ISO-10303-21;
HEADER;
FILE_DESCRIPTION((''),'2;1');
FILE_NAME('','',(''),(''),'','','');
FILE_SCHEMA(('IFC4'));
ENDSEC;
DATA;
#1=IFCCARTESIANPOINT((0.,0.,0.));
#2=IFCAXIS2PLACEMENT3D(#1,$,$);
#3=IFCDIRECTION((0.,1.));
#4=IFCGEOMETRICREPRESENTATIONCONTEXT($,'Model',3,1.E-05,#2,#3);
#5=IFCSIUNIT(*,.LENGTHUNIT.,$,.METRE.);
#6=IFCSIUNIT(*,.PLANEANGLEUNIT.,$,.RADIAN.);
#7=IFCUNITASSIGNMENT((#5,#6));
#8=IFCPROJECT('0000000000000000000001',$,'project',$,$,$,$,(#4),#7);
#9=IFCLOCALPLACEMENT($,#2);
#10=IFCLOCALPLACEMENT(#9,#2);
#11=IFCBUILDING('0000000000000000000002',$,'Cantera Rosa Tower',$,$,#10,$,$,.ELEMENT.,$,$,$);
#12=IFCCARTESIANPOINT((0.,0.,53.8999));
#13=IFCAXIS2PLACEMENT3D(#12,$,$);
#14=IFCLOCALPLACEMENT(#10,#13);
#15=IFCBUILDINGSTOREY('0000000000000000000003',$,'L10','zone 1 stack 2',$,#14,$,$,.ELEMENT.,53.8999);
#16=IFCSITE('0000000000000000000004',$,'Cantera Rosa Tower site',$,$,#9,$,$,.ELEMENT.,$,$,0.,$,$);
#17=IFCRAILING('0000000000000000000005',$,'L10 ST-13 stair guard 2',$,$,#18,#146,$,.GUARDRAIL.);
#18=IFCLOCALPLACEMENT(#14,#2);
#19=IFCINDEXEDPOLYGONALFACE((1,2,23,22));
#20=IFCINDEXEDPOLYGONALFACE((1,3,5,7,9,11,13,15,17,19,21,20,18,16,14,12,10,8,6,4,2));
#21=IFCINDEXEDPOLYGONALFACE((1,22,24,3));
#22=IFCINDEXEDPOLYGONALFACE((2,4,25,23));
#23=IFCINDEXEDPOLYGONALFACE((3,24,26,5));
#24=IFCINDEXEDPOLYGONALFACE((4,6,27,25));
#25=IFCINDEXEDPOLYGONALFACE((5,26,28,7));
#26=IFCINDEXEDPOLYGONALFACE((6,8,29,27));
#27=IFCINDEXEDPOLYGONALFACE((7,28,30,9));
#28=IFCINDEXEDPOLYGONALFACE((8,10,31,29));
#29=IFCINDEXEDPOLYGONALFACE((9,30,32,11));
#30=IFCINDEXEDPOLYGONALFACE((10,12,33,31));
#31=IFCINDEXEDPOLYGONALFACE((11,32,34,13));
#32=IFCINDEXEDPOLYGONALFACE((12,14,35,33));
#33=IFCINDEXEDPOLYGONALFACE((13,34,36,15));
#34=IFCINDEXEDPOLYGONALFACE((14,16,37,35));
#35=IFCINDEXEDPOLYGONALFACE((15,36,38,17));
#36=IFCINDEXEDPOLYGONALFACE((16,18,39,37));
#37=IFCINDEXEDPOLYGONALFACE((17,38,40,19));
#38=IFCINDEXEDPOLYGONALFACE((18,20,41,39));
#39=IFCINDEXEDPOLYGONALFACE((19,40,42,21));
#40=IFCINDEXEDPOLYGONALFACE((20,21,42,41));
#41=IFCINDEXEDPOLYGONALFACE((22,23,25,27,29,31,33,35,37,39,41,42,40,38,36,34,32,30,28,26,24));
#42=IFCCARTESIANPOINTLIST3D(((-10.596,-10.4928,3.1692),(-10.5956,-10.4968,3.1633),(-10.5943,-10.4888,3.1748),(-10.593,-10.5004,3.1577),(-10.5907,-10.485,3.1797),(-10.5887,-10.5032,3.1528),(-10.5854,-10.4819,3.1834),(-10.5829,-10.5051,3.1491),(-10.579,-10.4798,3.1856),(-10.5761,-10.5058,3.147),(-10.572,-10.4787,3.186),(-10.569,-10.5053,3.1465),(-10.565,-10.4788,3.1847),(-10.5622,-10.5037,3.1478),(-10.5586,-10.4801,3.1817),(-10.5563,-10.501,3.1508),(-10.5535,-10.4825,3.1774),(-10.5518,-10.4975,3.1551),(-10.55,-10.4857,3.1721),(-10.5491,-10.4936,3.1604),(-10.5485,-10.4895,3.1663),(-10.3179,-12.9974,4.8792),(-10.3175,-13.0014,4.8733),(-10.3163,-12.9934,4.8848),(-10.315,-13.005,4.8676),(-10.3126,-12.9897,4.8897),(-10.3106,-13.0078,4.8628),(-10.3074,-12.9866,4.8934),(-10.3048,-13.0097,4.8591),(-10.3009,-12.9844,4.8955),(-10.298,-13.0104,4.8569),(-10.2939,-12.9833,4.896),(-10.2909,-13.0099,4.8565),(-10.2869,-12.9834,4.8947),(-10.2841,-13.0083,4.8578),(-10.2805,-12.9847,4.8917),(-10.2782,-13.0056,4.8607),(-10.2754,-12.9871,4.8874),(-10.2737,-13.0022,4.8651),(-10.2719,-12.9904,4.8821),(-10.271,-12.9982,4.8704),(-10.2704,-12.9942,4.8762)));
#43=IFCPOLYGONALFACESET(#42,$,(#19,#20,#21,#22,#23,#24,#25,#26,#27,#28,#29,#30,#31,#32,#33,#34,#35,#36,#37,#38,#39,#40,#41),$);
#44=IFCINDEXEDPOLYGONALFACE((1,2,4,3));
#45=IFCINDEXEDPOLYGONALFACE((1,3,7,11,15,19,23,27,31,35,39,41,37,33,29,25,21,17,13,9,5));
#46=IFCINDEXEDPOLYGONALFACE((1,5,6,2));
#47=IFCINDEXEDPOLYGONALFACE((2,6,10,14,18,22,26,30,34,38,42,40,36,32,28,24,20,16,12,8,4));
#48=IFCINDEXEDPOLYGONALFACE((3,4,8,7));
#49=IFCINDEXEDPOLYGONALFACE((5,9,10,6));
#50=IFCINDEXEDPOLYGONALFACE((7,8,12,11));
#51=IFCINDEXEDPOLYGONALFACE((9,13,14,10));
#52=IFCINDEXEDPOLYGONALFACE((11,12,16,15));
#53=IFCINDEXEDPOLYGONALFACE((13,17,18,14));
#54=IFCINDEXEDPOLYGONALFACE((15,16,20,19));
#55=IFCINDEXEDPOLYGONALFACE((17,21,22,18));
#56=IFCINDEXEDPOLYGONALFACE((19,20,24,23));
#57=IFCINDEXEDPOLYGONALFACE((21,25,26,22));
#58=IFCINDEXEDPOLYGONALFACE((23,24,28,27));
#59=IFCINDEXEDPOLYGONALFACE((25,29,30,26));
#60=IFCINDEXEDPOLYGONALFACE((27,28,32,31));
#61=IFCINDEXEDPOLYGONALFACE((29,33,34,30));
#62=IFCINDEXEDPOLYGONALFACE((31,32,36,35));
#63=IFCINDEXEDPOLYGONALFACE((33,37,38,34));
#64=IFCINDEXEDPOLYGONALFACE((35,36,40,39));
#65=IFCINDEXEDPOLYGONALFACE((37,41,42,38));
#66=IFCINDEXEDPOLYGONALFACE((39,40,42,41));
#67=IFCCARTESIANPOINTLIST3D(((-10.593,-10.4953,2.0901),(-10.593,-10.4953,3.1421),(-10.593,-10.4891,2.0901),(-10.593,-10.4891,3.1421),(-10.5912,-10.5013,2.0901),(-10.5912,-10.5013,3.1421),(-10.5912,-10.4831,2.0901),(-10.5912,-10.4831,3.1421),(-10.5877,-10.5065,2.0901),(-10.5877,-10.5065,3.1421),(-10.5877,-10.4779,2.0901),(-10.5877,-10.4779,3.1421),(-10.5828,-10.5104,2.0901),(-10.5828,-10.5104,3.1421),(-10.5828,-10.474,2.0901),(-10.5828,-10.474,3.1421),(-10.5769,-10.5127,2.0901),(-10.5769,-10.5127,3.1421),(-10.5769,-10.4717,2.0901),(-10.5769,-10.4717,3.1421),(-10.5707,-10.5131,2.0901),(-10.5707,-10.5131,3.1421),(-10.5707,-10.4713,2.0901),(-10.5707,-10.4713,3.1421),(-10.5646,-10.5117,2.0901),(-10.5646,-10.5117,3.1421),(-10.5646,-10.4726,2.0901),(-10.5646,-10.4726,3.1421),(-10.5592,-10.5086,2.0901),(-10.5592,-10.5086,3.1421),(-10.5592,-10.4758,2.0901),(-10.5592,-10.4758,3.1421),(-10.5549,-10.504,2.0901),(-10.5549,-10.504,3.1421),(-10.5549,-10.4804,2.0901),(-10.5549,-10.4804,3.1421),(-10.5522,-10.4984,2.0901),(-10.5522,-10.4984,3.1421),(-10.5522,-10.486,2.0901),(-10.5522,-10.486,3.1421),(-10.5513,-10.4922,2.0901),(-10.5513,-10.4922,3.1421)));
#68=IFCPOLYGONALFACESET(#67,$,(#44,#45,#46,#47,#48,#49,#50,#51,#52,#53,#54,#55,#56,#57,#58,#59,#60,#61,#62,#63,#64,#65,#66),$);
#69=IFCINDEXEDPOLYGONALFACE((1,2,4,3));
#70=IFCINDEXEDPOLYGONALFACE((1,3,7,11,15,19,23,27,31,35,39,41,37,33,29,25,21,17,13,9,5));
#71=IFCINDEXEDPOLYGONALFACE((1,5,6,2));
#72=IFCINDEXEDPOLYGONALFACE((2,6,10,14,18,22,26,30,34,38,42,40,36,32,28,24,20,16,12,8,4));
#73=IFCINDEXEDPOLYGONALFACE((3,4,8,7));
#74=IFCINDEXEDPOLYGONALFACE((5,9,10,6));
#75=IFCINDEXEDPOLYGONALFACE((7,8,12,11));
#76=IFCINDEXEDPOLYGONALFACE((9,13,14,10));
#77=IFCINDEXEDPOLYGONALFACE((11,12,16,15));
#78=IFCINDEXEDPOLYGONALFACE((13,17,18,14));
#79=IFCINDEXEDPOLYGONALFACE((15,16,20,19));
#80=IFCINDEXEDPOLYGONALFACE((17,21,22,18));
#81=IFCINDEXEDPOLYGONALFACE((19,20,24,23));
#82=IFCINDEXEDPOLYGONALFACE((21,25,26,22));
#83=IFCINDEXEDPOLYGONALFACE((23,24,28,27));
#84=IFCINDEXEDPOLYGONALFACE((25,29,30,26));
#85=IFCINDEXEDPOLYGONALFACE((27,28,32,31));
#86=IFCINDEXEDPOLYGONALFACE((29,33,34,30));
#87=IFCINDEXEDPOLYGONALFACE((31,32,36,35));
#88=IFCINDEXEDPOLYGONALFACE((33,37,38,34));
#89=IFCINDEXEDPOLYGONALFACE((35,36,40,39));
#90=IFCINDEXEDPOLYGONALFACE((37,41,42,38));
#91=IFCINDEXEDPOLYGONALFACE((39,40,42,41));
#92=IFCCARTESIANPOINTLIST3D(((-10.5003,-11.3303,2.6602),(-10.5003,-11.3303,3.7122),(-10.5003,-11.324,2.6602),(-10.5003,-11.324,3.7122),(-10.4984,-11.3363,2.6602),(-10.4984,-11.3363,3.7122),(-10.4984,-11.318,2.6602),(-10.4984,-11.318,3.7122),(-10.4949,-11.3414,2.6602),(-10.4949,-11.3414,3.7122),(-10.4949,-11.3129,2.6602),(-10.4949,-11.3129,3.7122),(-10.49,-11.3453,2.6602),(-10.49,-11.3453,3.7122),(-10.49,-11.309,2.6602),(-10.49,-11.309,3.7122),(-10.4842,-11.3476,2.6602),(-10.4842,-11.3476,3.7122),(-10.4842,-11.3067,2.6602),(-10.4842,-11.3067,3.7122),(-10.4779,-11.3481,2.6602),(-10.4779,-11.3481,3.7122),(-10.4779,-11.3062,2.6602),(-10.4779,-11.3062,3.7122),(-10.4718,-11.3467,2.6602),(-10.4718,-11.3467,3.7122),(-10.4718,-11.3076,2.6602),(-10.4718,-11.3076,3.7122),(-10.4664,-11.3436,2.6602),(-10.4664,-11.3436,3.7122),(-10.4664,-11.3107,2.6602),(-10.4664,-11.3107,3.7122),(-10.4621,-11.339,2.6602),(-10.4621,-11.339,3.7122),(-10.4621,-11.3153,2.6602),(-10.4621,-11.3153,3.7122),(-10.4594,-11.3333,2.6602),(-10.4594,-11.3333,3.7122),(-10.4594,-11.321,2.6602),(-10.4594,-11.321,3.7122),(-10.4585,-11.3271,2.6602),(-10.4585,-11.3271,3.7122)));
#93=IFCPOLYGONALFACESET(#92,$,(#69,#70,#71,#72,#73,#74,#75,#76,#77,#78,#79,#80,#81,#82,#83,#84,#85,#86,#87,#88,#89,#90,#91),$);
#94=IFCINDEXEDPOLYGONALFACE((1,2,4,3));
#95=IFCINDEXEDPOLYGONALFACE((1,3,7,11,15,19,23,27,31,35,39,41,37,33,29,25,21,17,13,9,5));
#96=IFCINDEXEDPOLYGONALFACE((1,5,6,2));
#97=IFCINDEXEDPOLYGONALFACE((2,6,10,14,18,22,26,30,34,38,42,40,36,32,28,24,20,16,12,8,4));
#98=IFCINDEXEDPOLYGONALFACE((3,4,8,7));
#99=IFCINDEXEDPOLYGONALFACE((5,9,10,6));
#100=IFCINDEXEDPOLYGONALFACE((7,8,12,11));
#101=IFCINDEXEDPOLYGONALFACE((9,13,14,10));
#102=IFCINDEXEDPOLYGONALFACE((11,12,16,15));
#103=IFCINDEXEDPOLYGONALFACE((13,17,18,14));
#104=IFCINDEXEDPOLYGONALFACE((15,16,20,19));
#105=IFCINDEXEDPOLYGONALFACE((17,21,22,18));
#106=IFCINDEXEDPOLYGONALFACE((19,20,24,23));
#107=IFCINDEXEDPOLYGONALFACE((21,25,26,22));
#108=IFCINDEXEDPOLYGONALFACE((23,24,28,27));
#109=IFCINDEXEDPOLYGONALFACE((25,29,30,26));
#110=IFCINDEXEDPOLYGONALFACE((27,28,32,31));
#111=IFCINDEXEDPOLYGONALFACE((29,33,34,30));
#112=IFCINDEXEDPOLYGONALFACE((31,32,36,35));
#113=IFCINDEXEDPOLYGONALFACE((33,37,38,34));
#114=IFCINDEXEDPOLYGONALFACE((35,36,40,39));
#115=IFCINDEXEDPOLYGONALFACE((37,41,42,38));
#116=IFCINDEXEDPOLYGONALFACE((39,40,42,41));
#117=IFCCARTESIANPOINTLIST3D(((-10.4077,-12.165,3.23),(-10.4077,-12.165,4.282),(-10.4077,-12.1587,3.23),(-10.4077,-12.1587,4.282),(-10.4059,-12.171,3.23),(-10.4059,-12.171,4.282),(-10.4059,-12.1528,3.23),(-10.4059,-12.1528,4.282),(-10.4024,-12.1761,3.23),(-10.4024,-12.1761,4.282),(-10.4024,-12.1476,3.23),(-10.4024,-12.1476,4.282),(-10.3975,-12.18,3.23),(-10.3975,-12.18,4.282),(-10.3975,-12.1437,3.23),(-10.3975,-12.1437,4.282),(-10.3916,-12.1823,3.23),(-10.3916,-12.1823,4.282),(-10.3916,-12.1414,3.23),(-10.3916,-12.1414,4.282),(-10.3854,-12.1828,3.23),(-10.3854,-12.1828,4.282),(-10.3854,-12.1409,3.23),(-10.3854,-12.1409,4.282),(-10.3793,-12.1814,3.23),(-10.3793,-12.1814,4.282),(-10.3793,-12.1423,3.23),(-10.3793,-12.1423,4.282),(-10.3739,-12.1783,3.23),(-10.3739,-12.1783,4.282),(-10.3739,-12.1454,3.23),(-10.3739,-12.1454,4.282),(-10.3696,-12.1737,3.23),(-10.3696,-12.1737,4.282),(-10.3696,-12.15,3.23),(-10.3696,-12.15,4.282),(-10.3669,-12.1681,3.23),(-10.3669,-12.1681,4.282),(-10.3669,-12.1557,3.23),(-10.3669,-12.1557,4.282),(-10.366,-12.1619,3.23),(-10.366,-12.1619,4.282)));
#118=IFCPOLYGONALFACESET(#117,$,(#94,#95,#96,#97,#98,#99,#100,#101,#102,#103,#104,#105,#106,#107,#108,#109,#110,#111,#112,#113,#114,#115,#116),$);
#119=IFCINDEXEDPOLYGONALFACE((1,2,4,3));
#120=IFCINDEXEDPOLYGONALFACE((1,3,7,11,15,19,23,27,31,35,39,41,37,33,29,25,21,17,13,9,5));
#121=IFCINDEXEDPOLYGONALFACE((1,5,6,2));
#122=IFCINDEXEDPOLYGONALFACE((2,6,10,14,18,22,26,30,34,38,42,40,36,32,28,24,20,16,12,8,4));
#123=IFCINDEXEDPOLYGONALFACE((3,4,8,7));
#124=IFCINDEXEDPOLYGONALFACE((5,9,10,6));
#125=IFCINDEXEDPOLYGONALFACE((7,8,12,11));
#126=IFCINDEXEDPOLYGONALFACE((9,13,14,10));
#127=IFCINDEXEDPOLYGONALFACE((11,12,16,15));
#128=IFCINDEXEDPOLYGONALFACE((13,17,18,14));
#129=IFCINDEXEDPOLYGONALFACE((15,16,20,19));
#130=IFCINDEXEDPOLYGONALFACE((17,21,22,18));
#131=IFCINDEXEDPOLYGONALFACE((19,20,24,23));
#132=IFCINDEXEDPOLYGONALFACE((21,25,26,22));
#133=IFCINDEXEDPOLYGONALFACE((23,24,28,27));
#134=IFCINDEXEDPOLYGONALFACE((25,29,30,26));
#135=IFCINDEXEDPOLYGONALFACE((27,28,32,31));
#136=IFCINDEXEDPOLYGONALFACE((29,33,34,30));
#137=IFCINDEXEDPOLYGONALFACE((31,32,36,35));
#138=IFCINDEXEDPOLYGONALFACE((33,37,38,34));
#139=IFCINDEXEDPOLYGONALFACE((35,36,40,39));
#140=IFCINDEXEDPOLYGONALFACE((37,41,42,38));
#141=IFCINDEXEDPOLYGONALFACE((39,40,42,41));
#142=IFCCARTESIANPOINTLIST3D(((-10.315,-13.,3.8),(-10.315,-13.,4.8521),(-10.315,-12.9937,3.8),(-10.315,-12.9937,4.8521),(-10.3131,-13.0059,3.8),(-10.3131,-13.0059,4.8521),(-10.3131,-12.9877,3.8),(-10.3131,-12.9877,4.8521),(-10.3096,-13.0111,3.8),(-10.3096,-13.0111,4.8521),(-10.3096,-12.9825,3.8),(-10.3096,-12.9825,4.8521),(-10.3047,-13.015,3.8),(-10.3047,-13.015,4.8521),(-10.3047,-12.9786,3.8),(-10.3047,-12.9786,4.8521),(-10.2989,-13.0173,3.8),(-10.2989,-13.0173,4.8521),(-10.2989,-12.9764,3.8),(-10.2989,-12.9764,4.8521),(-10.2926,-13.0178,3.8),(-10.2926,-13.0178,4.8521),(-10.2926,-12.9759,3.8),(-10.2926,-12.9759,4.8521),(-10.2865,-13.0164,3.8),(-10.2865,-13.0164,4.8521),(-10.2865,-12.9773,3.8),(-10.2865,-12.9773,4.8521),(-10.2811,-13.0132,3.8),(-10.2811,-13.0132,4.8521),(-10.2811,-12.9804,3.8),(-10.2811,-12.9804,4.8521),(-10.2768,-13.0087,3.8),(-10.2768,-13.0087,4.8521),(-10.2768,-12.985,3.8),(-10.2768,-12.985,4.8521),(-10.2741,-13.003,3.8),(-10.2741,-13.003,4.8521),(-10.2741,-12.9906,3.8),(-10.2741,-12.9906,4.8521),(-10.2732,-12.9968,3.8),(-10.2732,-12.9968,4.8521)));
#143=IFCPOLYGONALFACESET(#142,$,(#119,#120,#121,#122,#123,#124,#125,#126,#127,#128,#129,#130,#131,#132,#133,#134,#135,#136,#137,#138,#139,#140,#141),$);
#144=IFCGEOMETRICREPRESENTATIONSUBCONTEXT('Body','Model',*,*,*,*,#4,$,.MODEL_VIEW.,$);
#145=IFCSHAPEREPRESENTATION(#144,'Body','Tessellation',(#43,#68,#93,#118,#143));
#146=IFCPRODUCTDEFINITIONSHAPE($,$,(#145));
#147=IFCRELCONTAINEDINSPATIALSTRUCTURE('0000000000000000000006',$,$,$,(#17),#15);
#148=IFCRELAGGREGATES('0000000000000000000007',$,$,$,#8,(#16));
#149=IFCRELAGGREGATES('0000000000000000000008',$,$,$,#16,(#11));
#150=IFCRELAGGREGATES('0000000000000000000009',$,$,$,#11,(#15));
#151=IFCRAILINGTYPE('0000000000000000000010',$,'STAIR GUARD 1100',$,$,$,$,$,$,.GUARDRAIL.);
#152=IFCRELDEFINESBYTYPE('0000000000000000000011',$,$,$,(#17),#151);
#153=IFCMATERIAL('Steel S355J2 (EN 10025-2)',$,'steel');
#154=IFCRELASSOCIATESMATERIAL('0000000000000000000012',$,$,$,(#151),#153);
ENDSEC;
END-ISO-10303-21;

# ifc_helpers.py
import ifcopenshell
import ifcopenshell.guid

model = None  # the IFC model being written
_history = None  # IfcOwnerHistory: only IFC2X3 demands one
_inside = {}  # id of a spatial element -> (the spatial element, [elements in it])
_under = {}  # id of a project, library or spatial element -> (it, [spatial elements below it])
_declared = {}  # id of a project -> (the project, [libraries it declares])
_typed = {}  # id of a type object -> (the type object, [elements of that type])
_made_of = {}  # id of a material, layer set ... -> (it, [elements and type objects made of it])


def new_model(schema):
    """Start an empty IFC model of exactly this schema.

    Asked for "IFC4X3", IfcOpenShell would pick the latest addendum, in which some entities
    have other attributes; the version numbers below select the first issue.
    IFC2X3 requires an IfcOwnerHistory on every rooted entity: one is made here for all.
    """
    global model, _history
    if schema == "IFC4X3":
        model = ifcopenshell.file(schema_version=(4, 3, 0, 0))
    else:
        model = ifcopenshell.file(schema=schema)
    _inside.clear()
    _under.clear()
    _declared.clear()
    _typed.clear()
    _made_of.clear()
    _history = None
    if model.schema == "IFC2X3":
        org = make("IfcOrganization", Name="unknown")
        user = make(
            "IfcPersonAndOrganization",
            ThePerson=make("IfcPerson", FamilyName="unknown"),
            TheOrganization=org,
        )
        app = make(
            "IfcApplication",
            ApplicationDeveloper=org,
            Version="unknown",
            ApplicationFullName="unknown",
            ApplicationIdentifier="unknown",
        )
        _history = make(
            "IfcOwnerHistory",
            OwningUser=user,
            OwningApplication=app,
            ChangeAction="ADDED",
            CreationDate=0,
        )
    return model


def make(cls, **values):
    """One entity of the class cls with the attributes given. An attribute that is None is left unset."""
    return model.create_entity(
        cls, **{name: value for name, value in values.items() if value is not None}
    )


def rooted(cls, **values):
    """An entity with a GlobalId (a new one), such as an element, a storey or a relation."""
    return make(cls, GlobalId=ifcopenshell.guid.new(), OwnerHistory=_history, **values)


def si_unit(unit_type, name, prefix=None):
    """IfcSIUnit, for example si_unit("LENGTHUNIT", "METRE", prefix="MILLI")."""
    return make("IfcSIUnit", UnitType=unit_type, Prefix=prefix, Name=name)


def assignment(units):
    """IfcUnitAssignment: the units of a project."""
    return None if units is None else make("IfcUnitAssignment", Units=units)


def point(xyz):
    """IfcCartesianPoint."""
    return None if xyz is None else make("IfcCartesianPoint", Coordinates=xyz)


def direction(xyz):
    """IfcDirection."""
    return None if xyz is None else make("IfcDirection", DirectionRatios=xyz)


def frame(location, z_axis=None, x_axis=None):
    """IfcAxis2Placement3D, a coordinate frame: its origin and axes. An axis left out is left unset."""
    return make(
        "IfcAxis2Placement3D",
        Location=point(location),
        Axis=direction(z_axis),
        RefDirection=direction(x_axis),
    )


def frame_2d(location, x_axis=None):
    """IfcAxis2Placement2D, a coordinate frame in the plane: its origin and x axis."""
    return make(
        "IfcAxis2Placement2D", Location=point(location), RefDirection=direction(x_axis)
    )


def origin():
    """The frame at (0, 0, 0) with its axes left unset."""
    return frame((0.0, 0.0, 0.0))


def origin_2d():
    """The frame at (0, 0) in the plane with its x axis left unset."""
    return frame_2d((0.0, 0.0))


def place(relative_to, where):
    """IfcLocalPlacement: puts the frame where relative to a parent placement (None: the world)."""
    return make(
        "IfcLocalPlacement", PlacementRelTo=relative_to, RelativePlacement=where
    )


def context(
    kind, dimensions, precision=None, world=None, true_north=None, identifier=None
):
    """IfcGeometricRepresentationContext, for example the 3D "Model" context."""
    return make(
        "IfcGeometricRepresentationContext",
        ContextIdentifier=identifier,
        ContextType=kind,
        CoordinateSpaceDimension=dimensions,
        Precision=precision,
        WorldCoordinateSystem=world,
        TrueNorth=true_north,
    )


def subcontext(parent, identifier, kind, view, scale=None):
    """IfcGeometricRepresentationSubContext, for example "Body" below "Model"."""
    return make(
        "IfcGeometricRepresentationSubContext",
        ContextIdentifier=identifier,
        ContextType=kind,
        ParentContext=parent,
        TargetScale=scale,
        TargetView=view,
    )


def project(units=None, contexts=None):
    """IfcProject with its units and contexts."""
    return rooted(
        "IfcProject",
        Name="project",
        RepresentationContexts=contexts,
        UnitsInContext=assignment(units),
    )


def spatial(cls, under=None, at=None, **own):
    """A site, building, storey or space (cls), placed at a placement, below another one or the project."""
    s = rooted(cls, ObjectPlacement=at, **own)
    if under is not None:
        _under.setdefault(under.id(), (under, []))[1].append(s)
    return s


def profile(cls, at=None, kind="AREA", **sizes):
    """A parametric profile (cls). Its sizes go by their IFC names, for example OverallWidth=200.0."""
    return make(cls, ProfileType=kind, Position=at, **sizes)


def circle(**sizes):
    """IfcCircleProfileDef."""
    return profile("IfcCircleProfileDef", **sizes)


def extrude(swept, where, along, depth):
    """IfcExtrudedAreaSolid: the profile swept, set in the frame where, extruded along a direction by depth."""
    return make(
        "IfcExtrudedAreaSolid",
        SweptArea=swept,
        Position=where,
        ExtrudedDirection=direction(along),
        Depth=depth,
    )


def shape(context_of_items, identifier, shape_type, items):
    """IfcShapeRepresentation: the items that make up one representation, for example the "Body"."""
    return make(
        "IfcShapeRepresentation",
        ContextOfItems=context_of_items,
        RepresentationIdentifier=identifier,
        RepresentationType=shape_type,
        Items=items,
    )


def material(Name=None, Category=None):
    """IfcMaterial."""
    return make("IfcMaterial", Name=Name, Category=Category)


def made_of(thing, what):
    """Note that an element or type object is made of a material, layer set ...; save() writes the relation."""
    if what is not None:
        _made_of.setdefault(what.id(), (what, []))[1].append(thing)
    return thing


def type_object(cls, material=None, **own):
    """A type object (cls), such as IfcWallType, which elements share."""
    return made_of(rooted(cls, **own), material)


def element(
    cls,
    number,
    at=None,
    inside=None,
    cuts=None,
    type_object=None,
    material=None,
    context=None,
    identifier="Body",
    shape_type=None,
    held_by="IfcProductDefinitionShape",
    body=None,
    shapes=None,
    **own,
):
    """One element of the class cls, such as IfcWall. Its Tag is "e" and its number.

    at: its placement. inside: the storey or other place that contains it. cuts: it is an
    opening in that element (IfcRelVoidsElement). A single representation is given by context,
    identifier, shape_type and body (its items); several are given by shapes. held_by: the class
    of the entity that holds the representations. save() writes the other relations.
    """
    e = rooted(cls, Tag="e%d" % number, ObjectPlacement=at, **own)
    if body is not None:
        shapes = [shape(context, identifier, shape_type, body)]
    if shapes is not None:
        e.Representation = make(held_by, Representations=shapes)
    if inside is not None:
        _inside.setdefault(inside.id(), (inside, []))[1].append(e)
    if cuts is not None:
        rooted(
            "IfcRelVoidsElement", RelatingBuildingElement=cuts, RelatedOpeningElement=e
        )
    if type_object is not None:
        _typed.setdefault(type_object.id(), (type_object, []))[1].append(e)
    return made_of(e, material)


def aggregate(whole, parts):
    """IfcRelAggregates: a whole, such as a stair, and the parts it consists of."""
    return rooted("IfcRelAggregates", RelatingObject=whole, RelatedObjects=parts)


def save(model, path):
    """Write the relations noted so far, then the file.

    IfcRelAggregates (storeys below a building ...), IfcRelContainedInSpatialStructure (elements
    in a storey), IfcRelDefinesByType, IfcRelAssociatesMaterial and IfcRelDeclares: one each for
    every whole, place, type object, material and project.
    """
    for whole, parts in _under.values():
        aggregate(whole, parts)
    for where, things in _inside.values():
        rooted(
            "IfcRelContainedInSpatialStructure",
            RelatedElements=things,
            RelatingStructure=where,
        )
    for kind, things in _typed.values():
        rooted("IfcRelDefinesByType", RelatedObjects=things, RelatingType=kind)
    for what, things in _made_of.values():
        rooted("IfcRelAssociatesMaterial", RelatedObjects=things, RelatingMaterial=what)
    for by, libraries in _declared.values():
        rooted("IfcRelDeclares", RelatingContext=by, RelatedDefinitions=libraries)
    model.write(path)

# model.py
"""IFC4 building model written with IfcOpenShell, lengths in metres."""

from ifc_helpers import new_model, si_unit, direction, frame, origin, origin_2d, place, context, subcontext, project, spatial, circle, extrude, material, type_object, element, save


model = new_model("IFC4")

# Units and contexts
model_context = context("Model", 3, precision=1e-05, world=origin(), true_north=direction((0.0, 1.0)))
body_context = subcontext(model_context, "Body", "Model", "MODEL_VIEW")
ifc_project = project(units=[si_unit("LENGTHUNIT", "METRE"), si_unit("PLANEANGLEUNIT", "RADIAN")], contexts=[model_context])

# Site, building, storey
site_placement = place(None, origin())
site = spatial("IfcSite", under=ifc_project, at=site_placement, Name="Cantera Rosa Tower site", CompositionType="ELEMENT", RefElevation=0.0)
building_placement = place(site_placement, origin())
building = spatial("IfcBuilding", under=site, at=building_placement, Name="Cantera Rosa Tower", CompositionType="ELEMENT")
storey_placement = place(building_placement, frame((0.0, 0.0, 53.8999)))
storey = spatial("IfcBuildingStorey", under=building, at=storey_placement, Name="L10", Description="zone 1 stack 2", CompositionType="ELEMENT", Elevation=53.8999)

# Railing
ifc_material_1 = material(Name="Steel S355J2 (EN 10025-2)", Category="steel")
railing_type_1 = type_object("IfcRailingType", Name="STAIR GUARD 1100", PredefinedType="GUARDRAIL", material=ifc_material_1)
railing_1_placement = place(storey_placement, frame((-10.5723, -10.4922, 2.0901)))
element("IfcRailing", 1, at=railing_1_placement, inside=storey, type_object=railing_type_1, Name="L10 ST-13 stair guard 2", PredefinedType="GUARDRAIL", context=body_context, shape_type="SweptSolid", body=[
    extrude(circle(Radius=0.0239, at=origin_2d()), frame((0.0, 0.0, 1.0762), z_axis=(0.09131, -0.822431, 0.561488), x_axis=(0.993893, 0.110346, 0.0)), (0.0, 0.0, 1.0), 3.0454),
    extrude(circle(Radius=0.021, at=origin_2d()), origin(), (0.0, 0.0, 1.0), 1.052),
    extrude(circle(Radius=0.021, at=origin_2d()), frame((0.0928, -0.835, 0.5701)), (0.0, 0.0, 1.0), 1.052),
    extrude(circle(Radius=0.021, at=origin_2d()), frame((0.1853, -1.6697, 1.1399)), (0.0, 0.0, 1.0), 1.052),
    extrude(circle(Radius=0.021, at=origin_2d()), frame((0.2781, -2.5046, 1.71)), (0.0, 0.0, 1.0), 1.052),
])

save(model, "model.ifc")
